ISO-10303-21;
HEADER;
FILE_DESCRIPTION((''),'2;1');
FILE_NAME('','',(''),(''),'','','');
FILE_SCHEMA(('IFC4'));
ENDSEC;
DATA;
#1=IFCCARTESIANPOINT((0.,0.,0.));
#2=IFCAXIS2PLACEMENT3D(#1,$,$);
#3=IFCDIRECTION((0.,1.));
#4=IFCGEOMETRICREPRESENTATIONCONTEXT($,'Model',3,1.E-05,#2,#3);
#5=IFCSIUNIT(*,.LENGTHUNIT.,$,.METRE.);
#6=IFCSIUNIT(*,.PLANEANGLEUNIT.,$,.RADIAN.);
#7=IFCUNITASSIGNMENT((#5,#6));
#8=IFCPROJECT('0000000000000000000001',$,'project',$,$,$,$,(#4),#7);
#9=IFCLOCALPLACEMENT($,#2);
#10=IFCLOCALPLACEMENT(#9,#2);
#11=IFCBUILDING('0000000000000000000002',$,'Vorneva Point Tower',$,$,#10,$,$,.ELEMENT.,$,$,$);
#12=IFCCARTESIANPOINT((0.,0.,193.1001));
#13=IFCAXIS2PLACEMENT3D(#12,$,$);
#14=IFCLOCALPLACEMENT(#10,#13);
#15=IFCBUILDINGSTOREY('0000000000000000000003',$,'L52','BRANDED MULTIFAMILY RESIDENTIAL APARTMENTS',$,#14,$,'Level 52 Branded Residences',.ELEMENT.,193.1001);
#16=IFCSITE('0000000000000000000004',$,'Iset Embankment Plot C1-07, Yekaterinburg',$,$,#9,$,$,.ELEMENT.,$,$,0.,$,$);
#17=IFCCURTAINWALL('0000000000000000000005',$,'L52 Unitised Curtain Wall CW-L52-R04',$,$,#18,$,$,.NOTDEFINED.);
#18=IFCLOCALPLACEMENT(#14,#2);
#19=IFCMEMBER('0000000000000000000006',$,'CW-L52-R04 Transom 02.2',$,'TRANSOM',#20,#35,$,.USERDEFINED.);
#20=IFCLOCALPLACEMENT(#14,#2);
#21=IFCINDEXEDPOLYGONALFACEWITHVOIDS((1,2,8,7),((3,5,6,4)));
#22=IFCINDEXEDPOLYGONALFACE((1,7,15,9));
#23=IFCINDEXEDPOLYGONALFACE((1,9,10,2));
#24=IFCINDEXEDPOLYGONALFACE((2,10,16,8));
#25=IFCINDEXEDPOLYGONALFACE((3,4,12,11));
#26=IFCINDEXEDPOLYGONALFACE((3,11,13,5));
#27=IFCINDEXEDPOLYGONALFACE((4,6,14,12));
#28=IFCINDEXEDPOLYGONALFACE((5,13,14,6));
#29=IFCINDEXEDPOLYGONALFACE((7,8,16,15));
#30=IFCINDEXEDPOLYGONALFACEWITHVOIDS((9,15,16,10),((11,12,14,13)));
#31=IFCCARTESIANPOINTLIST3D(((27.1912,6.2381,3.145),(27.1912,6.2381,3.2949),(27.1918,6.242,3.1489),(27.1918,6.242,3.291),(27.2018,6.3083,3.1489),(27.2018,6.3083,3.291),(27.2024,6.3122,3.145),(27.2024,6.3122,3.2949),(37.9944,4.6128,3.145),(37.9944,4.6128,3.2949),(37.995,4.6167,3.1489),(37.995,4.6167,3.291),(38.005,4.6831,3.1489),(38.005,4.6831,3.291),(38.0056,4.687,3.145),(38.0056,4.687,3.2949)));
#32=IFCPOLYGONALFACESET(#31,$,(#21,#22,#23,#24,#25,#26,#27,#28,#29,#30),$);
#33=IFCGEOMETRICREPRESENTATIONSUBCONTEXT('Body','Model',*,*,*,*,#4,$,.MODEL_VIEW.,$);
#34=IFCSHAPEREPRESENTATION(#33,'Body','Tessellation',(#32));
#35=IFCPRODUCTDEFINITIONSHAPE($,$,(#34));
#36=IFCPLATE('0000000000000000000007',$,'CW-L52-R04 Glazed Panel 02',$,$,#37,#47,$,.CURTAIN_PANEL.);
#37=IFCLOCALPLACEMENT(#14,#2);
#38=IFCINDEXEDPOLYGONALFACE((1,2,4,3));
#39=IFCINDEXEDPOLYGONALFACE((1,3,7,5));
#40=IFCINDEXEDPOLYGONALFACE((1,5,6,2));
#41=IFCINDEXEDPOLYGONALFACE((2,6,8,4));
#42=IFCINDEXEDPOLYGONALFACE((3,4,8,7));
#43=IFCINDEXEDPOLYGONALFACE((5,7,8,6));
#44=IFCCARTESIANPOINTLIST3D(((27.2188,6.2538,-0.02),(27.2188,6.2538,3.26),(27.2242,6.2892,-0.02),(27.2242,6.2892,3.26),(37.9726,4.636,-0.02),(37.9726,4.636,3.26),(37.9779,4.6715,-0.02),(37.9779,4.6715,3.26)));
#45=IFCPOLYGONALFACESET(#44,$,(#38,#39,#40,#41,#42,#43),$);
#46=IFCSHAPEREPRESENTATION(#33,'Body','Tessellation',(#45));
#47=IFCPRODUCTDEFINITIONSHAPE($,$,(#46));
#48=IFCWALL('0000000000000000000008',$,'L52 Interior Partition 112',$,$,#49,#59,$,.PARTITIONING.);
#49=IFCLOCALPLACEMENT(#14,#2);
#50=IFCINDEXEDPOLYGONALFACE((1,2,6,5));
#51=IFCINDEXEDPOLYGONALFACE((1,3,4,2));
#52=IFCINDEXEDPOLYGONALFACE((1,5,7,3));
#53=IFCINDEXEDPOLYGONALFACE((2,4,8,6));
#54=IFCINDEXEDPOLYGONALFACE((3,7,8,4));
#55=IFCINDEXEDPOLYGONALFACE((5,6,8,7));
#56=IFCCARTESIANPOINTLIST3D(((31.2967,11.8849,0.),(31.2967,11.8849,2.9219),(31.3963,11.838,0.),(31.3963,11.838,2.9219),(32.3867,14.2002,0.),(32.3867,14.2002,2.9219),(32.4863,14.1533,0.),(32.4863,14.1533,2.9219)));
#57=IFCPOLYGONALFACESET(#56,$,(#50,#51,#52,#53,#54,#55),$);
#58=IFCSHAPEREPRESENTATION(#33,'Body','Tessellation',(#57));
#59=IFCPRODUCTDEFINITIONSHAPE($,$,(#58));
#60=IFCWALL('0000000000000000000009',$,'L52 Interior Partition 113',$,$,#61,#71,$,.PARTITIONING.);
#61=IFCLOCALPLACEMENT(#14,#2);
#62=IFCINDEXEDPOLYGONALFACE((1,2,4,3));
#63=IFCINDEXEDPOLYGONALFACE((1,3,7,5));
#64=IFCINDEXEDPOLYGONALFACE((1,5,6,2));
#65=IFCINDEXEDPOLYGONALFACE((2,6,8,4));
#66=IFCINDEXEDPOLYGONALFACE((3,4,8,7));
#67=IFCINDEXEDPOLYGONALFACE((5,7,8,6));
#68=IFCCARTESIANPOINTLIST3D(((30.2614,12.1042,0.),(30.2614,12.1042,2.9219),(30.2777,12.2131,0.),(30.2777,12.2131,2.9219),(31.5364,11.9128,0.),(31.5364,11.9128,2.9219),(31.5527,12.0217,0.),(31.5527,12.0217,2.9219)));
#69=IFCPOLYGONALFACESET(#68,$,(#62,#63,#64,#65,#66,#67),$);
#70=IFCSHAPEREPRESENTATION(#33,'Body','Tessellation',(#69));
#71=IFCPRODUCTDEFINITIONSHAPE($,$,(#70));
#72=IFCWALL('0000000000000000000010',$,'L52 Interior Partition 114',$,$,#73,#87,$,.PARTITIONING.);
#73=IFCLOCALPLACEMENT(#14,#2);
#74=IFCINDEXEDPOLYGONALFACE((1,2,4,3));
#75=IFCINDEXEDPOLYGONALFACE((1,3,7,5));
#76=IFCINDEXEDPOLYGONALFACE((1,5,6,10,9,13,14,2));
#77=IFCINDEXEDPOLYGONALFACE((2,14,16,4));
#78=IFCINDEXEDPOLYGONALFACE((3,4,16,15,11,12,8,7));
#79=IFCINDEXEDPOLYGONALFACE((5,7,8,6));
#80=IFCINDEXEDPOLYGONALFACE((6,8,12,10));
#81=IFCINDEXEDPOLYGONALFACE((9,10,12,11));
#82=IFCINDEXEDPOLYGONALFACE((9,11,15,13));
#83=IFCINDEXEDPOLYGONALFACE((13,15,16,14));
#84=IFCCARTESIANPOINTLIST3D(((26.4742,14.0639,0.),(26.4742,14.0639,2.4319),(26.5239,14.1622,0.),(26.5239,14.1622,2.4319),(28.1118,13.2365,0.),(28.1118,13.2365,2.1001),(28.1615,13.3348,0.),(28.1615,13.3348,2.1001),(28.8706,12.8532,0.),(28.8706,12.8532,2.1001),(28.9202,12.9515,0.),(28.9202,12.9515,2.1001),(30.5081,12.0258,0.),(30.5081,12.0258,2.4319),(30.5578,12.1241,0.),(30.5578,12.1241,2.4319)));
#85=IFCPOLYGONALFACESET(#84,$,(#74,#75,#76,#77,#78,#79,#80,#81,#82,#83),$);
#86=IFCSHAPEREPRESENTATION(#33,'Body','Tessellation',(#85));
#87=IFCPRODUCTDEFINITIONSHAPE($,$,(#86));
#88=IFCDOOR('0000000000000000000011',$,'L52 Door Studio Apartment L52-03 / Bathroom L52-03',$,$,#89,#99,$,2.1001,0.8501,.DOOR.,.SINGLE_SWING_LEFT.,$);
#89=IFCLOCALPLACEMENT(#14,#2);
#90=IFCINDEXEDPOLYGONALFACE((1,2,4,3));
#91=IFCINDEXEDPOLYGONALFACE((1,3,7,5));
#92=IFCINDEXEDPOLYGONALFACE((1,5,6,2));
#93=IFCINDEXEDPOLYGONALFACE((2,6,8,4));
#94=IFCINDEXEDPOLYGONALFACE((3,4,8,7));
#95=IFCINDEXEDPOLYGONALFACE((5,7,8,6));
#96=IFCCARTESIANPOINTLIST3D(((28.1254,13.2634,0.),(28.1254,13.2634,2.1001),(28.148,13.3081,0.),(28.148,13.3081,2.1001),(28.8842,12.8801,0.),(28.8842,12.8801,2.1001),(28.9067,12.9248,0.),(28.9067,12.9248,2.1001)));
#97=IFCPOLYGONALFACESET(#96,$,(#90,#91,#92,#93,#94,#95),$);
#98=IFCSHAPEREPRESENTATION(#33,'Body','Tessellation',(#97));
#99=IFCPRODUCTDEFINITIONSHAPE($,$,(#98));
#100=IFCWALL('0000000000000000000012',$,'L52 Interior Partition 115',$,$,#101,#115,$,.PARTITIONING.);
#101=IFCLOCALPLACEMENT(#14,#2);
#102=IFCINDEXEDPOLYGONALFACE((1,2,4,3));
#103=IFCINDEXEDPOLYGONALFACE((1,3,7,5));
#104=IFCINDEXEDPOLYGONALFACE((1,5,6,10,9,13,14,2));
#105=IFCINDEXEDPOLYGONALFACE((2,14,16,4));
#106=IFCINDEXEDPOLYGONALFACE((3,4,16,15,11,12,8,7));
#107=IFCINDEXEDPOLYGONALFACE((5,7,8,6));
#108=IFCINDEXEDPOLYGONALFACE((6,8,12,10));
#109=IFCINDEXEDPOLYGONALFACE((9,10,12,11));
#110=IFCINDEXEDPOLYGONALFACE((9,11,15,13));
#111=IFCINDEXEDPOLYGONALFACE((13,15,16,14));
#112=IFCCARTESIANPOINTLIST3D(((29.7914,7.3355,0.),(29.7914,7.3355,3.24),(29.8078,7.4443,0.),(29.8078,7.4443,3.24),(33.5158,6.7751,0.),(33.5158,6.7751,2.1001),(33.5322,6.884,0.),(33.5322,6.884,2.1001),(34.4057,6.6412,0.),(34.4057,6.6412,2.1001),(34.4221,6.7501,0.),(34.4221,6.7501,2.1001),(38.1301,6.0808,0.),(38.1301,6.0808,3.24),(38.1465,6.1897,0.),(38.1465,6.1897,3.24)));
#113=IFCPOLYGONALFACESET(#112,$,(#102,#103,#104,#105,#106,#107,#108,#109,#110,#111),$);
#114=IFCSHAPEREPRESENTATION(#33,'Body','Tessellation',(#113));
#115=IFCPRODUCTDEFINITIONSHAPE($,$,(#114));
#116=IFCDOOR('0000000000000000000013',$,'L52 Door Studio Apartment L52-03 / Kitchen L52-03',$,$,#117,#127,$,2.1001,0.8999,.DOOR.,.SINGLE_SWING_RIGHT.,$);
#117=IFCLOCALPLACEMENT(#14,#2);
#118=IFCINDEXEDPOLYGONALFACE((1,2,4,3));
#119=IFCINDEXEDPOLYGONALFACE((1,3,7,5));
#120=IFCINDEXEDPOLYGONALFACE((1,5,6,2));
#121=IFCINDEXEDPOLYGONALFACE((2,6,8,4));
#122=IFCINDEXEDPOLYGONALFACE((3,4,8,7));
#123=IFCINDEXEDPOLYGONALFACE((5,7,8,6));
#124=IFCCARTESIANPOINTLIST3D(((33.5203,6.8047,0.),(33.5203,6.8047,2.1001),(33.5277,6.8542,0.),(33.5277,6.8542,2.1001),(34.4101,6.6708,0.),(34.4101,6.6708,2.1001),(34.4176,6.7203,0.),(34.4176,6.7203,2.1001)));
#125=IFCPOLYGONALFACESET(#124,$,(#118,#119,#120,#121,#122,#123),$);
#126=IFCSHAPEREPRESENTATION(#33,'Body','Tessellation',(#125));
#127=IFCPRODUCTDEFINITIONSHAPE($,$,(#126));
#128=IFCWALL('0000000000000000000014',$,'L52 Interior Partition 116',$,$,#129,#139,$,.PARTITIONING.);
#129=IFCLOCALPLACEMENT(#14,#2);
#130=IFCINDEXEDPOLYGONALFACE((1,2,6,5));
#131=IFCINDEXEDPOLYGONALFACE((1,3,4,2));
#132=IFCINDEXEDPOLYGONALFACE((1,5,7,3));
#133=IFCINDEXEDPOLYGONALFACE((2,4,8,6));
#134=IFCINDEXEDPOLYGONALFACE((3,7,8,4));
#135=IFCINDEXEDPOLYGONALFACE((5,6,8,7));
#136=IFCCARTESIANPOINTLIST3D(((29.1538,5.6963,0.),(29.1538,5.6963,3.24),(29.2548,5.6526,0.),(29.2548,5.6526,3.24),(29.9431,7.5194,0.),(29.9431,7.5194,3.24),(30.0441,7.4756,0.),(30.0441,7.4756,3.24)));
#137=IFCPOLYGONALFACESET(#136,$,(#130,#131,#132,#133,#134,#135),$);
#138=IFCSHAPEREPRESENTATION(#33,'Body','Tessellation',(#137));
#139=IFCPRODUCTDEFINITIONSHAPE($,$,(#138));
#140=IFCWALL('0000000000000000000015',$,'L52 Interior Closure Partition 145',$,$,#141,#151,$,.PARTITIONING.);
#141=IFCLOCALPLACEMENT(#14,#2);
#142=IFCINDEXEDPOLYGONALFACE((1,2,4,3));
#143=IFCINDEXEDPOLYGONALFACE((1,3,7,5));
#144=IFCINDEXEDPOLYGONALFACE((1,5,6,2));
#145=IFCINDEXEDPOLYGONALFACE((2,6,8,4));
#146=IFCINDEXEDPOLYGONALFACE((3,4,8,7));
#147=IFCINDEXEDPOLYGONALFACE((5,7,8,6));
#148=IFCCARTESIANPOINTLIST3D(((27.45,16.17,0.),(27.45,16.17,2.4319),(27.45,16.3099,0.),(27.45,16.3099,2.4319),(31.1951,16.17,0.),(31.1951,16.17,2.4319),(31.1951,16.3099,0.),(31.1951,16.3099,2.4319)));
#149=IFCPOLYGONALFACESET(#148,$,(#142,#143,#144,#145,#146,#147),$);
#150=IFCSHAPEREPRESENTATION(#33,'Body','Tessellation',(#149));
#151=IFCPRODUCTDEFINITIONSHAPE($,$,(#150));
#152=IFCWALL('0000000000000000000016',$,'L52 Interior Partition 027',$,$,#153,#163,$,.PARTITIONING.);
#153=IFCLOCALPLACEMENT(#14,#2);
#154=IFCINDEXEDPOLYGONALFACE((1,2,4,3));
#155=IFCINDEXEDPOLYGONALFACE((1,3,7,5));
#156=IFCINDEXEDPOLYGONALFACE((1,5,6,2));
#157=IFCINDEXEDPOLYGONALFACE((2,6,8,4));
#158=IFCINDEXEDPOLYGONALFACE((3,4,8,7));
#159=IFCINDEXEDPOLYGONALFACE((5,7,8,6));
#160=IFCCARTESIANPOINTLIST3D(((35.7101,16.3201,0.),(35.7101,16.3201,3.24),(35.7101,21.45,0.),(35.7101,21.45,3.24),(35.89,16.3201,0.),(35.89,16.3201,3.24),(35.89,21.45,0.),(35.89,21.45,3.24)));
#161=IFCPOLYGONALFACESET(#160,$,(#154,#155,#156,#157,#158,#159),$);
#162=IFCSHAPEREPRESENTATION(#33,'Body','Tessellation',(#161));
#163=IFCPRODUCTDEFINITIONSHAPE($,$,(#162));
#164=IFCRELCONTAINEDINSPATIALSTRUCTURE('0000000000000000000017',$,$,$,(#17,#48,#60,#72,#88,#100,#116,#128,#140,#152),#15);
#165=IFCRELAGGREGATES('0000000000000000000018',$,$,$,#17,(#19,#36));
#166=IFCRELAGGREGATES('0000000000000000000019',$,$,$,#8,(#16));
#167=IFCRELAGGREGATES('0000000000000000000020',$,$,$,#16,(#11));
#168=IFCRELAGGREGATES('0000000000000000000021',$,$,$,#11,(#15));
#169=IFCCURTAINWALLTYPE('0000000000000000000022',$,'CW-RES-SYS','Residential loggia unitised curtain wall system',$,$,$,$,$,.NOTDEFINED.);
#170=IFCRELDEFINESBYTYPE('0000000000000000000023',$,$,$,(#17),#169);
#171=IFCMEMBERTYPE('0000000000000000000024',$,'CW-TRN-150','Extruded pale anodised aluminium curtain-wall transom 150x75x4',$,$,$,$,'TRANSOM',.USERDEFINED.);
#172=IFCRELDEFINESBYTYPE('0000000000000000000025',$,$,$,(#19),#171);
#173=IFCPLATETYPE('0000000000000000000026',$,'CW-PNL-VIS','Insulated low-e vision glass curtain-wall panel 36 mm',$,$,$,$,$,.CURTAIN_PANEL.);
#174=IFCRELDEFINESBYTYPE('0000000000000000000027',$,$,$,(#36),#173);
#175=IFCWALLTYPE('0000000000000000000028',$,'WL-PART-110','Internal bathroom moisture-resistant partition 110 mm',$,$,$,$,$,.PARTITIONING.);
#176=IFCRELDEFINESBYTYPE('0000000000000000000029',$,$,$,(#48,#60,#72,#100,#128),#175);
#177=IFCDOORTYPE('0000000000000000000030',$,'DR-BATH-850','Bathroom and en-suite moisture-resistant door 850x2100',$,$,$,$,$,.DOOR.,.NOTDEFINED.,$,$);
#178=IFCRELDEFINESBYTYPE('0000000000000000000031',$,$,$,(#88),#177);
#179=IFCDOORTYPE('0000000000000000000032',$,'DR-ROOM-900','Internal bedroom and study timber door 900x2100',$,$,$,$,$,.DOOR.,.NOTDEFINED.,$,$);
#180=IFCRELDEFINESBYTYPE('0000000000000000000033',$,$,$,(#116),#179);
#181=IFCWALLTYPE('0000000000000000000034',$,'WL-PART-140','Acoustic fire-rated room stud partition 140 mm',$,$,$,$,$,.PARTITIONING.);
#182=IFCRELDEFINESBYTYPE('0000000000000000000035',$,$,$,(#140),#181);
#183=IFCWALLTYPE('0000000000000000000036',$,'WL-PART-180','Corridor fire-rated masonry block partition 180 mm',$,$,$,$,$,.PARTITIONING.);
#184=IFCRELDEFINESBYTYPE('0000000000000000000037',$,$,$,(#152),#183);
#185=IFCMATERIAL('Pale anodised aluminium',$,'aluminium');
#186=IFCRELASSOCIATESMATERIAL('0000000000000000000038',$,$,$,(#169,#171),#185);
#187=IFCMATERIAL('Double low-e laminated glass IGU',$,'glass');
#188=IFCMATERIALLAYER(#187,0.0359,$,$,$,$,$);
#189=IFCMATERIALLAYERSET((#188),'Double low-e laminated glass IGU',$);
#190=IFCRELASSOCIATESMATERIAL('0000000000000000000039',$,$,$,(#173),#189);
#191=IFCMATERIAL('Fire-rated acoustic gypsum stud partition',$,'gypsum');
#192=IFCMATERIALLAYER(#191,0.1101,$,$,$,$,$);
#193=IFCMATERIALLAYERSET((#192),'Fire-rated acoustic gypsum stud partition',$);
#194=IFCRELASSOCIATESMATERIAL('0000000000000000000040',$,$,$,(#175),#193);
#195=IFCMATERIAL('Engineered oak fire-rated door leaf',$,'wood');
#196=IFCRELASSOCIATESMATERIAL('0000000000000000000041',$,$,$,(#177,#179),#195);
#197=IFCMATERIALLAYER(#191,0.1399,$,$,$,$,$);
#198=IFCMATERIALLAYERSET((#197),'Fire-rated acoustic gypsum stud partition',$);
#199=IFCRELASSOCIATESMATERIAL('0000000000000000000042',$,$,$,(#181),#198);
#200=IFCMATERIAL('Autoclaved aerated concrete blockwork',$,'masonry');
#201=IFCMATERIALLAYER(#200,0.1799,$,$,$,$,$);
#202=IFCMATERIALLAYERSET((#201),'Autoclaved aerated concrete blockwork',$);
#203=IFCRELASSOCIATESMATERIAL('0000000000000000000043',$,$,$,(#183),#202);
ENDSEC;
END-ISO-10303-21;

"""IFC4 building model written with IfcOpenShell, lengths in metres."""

from ifc_helpers import new_model, si_unit, direction, frame, frame_2d, origin, origin_2d, place, context, subcontext, project, spatial, rectangle, hollow_rectangle, extrude, material, layer, layer_set, material_profile, profile_set, type_object, element, fill, aggregate, save


model = new_model("IFC4")

# Units and contexts
model_context = context("Model", 3, precision=1e-05, world=origin(), true_north=direction((0.0, 1.0)))
body_context = subcontext(model_context, "Body", "Model", "MODEL_VIEW")
ifc_project = project(units=[si_unit("LENGTHUNIT", "METRE"), si_unit("PLANEANGLEUNIT", "RADIAN")], contexts=[model_context])

# Site, building, storey
site_placement = place(None, origin())
site = spatial("IfcSite", under=ifc_project, at=site_placement, Name="Iset Embankment Plot C1-07, Yekaterinburg", CompositionType="ELEMENT", RefElevation=0.0)
building_placement = place(site_placement, origin())
building = spatial("IfcBuilding", under=site, at=building_placement, Name="Vorneva Point Tower", CompositionType="ELEMENT")
storey_placement = place(building_placement, frame((0.0, 0.0, 193.1001)))
storey = spatial("IfcBuildingStorey", under=building, at=storey_placement, Name="L52", Description="BRANDED MULTIFAMILY RESIDENTIAL APARTMENTS", LongName="Level 52 Branded Residences", CompositionType="ELEMENT", Elevation=193.1001)

# Curtain wall, member, plate
ifc_material_1 = material(Name="Pale anodised aluminium", Category="aluminium")
curtain_wall_type = type_object("IfcCurtainWallType", Name="CW-RES-SYS", Description="Residential loggia unitised curtain wall system", PredefinedType="NOTDEFINED", material=ifc_material_1)
curtain_wall_placement = place(storey_placement, origin())
curtain_wall = element("IfcCurtainWall", 1, at=curtain_wall_placement, inside=storey, type_object=curtain_wall_type, Name="L52 Unitised Curtain Wall CW-L52-R04", PredefinedType="NOTDEFINED")
ifc_material_profile_1 = material_profile(ifc_material_1, hollow_rectangle(XDim=0.075, YDim=0.1499, WallThickness=0.0039, at=origin_2d()), Name="AL-TRN 150x75x4")
ifc_profile_set_1 = profile_set([ifc_material_profile_1], Name="Pale anodised aluminium")
member_type_1 = type_object("IfcMemberType", Name="CW-TRN-150", Description="Extruded pale anodised aluminium curtain-wall transom 150x75x4", ElementType="TRANSOM", PredefinedType="USERDEFINED", material=ifc_profile_set_1)
member_1_placement = place(storey_placement, frame((27.1968, 6.2751, 3.22), z_axis=(0.988872, -0.148767, 0.0), x_axis=(0.148767, 0.988872, 0.0)))
member_1 = element("IfcMember", 2, at=member_1_placement, type_object=member_type_1, Name="CW-L52-R04 Transom 02.2", ObjectType="TRANSOM", PredefinedType="USERDEFINED", context=body_context, shape_type="SweptSolid", body=[
    extrude(hollow_rectangle(XDim=0.075, YDim=0.1499, WallThickness=0.0039, at=origin_2d()), origin(), (0.0, 0.0, 1.0), 10.9248),
])
ifc_material_2 = material(Name="Double low-e laminated glass IGU", Category="glass")
ifc_layer_1 = layer(ifc_material_2, 0.0359)
ifc_layer_set_1 = layer_set([ifc_layer_1], Name="Double low-e laminated glass IGU")
plate_type = type_object("IfcPlateType", Name="CW-PNL-VIS", Description="Insulated low-e vision glass curtain-wall panel 36 mm", PredefinedType="CURTAIN_PANEL", material=ifc_layer_set_1)
plate_placement = place(storey_placement, frame((32.5984, 5.4626, -0.02), z_axis=(0.0, 0.0, 1.0), x_axis=(0.988874, -0.148759, 0.0)))
plate = element("IfcPlate", 3, at=plate_placement, type_object=plate_type, Name="CW-L52-R04 Glazed Panel 02", PredefinedType="CURTAIN_PANEL", context=body_context, shape_type="SweptSolid", body=[
    extrude(rectangle(XDim=10.8748, YDim=0.0359, at=origin_2d()), origin(), (0.0, 0.0, 1.0), 3.28),
])
aggregate(curtain_wall, [member_1, plate])

# Walls
ifc_material_3 = material(Name="Fire-rated acoustic gypsum stud partition", Category="gypsum")
ifc_layer_2 = layer(ifc_material_3, 0.1101)
ifc_layer_set_2 = layer_set([ifc_layer_2], Name="Fire-rated acoustic gypsum stud partition")
wall_type_1 = type_object("IfcWallType", Name="WL-PART-110", Description="Internal bathroom moisture-resistant partition 110 mm", PredefinedType="PARTITIONING", material=ifc_layer_set_2)
wall_1_placement = place(storey_placement, frame((32.4365, 14.1768, 0.0), z_axis=(0.0, 0.0, 1.0), x_axis=(-0.425949, -0.904747, 0.0)))
element("IfcWall", 4, at=wall_1_placement, inside=storey, type_object=wall_type_1, Name="L52 Interior Partition 112", PredefinedType="PARTITIONING", context=body_context, shape_type="SweptSolid", body=[
    extrude(rectangle(XDim=2.5591, YDim=0.1101, at=frame_2d((1.2795, 0.0))), origin(), (0.0, 0.0, 1.0), 2.9219),
])
wall_2_placement = place(storey_placement, frame((31.5444, 11.9673, 0.0), z_axis=(0.0, 0.0, 1.0), x_axis=(-0.988917, 0.14847, 0.0)))
element("IfcWall", 5, at=wall_2_placement, inside=storey, type_object=wall_type_1, Name="L52 Interior Partition 113", PredefinedType="PARTITIONING", context=body_context, shape_type="SweptSolid", body=[
    extrude(rectangle(XDim=1.2893, YDim=0.1101, at=frame_2d((0.6445, 0.0))), origin(), (0.0, 0.0, 1.0), 2.9219),
])

# Walls, openings, doors
wall_3_placement = place(storey_placement, frame((30.533, 12.075, 0.0), z_axis=(0.0, 0.0, 1.0), x_axis=(-0.89255, 0.450948, 0.0)))
wall_3 = element("IfcWall", 6, at=wall_3_placement, inside=storey, type_object=wall_type_1, Name="L52 Interior Partition 114", PredefinedType="PARTITIONING", context=body_context, shape_type="SweptSolid", body=[
    extrude(rectangle(XDim=4.5195, YDim=0.1101, at=frame_2d((2.2598, 0.0))), origin(), (0.0, 0.0, 1.0), 2.4319),
])
opening_1_placement = place(wall_3_placement, frame((1.8347, 0.0, 0.0)))
opening_1 = element("IfcOpeningElement", 7, at=opening_1_placement, cuts=wall_3, PredefinedType="OPENING", context=body_context, shape_type="SweptSolid", body=[
    extrude(rectangle(XDim=0.8501, YDim=2.1001, at=frame_2d((0.425, 1.05))), frame((0.0, 0.0698, 0.0), z_axis=(0.0, -1.0, 0.0), x_axis=(1.0, 0.0, 0.0)), (0.0, 0.0, 1.0), 0.1399),
])
ifc_material_4 = material(Name="Engineered oak fire-rated door leaf", Category="wood")
door_type_1 = type_object("IfcDoorType", Name="DR-BATH-850", Description="Bathroom and en-suite moisture-resistant door 850x2100", OperationType="NOTDEFINED", PredefinedType="DOOR", material=ifc_material_4)
door_1_placement = place(opening_1_placement, origin())
door_1 = element("IfcDoor", 8, at=door_1_placement, inside=storey, type_object=door_type_1, Name="L52 Door Studio Apartment L52-03 / Bathroom L52-03", OperationType="SINGLE_SWING_LEFT", OverallHeight=2.1001, OverallWidth=0.8501, PredefinedType="DOOR", context=body_context, shape_type="SweptSolid", body=[
    extrude(rectangle(XDim=0.8501, YDim=2.1001, at=frame_2d((0.425, 1.05))), frame((0.0, 0.0249, 0.0), z_axis=(0.0, -1.0, 0.0), x_axis=(1.0, 0.0, 0.0)), (0.0, 0.0, 1.0), 0.05),
])
fill(opening_1, door_1)
wall_4_placement = place(storey_placement, frame((29.7996, 7.3899, 0.0), z_axis=(0.0, 0.0, 1.0), x_axis=(0.98887, -0.148782, 0.0)))
wall_4 = element("IfcWall", 9, at=wall_4_placement, inside=storey, type_object=wall_type_1, Name="L52 Interior Partition 115", PredefinedType="PARTITIONING", context=body_context, shape_type="SweptSolid", body=[
    extrude(rectangle(XDim=8.4326, YDim=0.1101, at=frame_2d((4.2163, 0.0))), origin(), (0.0, 0.0, 1.0), 3.24),
])
opening_2_placement = place(wall_4_placement, frame((3.7664, 0.0, 0.0)))
opening_2 = element("IfcOpeningElement", 10, at=opening_2_placement, cuts=wall_4, PredefinedType="OPENING", context=body_context, shape_type="SweptSolid", body=[
    extrude(rectangle(XDim=0.8999, YDim=2.1001, at=frame_2d((0.45, 1.05))), frame((0.0, 0.0698, 0.0), z_axis=(0.0, -1.0, 0.0), x_axis=(1.0, 0.0, 0.0)), (0.0, 0.0, 1.0), 0.1399),
])
door_type_2 = type_object("IfcDoorType", Name="DR-ROOM-900", Description="Internal bedroom and study timber door 900x2100", OperationType="NOTDEFINED", PredefinedType="DOOR", material=ifc_material_4)
door_2_placement = place(opening_2_placement, origin())
door_2 = element("IfcDoor", 11, at=door_2_placement, inside=storey, type_object=door_type_2, Name="L52 Door Studio Apartment L52-03 / Kitchen L52-03", OperationType="SINGLE_SWING_RIGHT", OverallHeight=2.1001, OverallWidth=0.8999, PredefinedType="DOOR", context=body_context, shape_type="SweptSolid", body=[
    extrude(rectangle(XDim=0.8999, YDim=2.1001, at=frame_2d((0.45, 1.05))), frame((0.0, 0.0249, 0.0), z_axis=(0.0, -1.0, 0.0), x_axis=(1.0, 0.0, 0.0)), (0.0, 0.0, 1.0), 0.05),
])
fill(opening_2, door_2)

# Walls
wall_5_placement = place(storey_placement, frame((29.2043, 5.6746, 0.0), z_axis=(0.0, 0.0, 1.0), x_axis=(0.397328, 0.917677, 0.0)))
element("IfcWall", 12, at=wall_5_placement, inside=storey, type_object=wall_type_1, Name="L52 Interior Partition 116", PredefinedType="PARTITIONING", context=body_context, shape_type="SweptSolid", body=[
    extrude(rectangle(XDim=1.9866, YDim=0.1101, at=frame_2d((0.9932, 0.0))), origin(), (0.0, 0.0, 1.0), 3.24),
])
ifc_layer_3 = layer(ifc_material_3, 0.1399)
ifc_layer_set_3 = layer_set([ifc_layer_3], Name="Fire-rated acoustic gypsum stud partition")
wall_type_2 = type_object("IfcWallType", Name="WL-PART-140", Description="Acoustic fire-rated room stud partition 140 mm", PredefinedType="PARTITIONING", material=ifc_layer_set_3)
wall_6_placement = place(storey_placement, frame((27.45, 16.24, 0.0), z_axis=(0.0, 0.0, 1.0), x_axis=(1.0, 0.0, 0.0)))
element("IfcWall", 13, at=wall_6_placement, inside=storey, type_object=wall_type_2, Name="L52 Interior Closure Partition 145", PredefinedType="PARTITIONING", context=body_context, shape_type="SweptSolid", body=[
    extrude(rectangle(XDim=3.7451, YDim=0.1399, at=frame_2d((1.8726, 0.0))), origin(), (0.0, 0.0, 1.0), 2.4319),
])
ifc_material_5 = material(Name="Autoclaved aerated concrete blockwork", Category="masonry")
ifc_layer_4 = layer(ifc_material_5, 0.1799)
ifc_layer_set_4 = layer_set([ifc_layer_4], Name="Autoclaved aerated concrete blockwork")
wall_type_3 = type_object("IfcWallType", Name="WL-PART-180", Description="Corridor fire-rated masonry block partition 180 mm", PredefinedType="PARTITIONING", material=ifc_layer_set_4)
wall_7_placement = place(storey_placement, frame((35.8, 16.3201, 0.0), z_axis=(0.0, 0.0, 1.0), x_axis=(0.0, 1.0, 0.0)))
element("IfcWall", 14, at=wall_7_placement, inside=storey, type_object=wall_type_3, Name="L52 Interior Partition 027", PredefinedType="PARTITIONING", context=body_context, shape_type="SweptSolid", body=[
    extrude(rectangle(XDim=5.1299, YDim=0.1799, at=frame_2d((2.5649, 0.0))), origin(), (0.0, 0.0, 1.0), 3.24),
])

save(model, "model.ifc")
